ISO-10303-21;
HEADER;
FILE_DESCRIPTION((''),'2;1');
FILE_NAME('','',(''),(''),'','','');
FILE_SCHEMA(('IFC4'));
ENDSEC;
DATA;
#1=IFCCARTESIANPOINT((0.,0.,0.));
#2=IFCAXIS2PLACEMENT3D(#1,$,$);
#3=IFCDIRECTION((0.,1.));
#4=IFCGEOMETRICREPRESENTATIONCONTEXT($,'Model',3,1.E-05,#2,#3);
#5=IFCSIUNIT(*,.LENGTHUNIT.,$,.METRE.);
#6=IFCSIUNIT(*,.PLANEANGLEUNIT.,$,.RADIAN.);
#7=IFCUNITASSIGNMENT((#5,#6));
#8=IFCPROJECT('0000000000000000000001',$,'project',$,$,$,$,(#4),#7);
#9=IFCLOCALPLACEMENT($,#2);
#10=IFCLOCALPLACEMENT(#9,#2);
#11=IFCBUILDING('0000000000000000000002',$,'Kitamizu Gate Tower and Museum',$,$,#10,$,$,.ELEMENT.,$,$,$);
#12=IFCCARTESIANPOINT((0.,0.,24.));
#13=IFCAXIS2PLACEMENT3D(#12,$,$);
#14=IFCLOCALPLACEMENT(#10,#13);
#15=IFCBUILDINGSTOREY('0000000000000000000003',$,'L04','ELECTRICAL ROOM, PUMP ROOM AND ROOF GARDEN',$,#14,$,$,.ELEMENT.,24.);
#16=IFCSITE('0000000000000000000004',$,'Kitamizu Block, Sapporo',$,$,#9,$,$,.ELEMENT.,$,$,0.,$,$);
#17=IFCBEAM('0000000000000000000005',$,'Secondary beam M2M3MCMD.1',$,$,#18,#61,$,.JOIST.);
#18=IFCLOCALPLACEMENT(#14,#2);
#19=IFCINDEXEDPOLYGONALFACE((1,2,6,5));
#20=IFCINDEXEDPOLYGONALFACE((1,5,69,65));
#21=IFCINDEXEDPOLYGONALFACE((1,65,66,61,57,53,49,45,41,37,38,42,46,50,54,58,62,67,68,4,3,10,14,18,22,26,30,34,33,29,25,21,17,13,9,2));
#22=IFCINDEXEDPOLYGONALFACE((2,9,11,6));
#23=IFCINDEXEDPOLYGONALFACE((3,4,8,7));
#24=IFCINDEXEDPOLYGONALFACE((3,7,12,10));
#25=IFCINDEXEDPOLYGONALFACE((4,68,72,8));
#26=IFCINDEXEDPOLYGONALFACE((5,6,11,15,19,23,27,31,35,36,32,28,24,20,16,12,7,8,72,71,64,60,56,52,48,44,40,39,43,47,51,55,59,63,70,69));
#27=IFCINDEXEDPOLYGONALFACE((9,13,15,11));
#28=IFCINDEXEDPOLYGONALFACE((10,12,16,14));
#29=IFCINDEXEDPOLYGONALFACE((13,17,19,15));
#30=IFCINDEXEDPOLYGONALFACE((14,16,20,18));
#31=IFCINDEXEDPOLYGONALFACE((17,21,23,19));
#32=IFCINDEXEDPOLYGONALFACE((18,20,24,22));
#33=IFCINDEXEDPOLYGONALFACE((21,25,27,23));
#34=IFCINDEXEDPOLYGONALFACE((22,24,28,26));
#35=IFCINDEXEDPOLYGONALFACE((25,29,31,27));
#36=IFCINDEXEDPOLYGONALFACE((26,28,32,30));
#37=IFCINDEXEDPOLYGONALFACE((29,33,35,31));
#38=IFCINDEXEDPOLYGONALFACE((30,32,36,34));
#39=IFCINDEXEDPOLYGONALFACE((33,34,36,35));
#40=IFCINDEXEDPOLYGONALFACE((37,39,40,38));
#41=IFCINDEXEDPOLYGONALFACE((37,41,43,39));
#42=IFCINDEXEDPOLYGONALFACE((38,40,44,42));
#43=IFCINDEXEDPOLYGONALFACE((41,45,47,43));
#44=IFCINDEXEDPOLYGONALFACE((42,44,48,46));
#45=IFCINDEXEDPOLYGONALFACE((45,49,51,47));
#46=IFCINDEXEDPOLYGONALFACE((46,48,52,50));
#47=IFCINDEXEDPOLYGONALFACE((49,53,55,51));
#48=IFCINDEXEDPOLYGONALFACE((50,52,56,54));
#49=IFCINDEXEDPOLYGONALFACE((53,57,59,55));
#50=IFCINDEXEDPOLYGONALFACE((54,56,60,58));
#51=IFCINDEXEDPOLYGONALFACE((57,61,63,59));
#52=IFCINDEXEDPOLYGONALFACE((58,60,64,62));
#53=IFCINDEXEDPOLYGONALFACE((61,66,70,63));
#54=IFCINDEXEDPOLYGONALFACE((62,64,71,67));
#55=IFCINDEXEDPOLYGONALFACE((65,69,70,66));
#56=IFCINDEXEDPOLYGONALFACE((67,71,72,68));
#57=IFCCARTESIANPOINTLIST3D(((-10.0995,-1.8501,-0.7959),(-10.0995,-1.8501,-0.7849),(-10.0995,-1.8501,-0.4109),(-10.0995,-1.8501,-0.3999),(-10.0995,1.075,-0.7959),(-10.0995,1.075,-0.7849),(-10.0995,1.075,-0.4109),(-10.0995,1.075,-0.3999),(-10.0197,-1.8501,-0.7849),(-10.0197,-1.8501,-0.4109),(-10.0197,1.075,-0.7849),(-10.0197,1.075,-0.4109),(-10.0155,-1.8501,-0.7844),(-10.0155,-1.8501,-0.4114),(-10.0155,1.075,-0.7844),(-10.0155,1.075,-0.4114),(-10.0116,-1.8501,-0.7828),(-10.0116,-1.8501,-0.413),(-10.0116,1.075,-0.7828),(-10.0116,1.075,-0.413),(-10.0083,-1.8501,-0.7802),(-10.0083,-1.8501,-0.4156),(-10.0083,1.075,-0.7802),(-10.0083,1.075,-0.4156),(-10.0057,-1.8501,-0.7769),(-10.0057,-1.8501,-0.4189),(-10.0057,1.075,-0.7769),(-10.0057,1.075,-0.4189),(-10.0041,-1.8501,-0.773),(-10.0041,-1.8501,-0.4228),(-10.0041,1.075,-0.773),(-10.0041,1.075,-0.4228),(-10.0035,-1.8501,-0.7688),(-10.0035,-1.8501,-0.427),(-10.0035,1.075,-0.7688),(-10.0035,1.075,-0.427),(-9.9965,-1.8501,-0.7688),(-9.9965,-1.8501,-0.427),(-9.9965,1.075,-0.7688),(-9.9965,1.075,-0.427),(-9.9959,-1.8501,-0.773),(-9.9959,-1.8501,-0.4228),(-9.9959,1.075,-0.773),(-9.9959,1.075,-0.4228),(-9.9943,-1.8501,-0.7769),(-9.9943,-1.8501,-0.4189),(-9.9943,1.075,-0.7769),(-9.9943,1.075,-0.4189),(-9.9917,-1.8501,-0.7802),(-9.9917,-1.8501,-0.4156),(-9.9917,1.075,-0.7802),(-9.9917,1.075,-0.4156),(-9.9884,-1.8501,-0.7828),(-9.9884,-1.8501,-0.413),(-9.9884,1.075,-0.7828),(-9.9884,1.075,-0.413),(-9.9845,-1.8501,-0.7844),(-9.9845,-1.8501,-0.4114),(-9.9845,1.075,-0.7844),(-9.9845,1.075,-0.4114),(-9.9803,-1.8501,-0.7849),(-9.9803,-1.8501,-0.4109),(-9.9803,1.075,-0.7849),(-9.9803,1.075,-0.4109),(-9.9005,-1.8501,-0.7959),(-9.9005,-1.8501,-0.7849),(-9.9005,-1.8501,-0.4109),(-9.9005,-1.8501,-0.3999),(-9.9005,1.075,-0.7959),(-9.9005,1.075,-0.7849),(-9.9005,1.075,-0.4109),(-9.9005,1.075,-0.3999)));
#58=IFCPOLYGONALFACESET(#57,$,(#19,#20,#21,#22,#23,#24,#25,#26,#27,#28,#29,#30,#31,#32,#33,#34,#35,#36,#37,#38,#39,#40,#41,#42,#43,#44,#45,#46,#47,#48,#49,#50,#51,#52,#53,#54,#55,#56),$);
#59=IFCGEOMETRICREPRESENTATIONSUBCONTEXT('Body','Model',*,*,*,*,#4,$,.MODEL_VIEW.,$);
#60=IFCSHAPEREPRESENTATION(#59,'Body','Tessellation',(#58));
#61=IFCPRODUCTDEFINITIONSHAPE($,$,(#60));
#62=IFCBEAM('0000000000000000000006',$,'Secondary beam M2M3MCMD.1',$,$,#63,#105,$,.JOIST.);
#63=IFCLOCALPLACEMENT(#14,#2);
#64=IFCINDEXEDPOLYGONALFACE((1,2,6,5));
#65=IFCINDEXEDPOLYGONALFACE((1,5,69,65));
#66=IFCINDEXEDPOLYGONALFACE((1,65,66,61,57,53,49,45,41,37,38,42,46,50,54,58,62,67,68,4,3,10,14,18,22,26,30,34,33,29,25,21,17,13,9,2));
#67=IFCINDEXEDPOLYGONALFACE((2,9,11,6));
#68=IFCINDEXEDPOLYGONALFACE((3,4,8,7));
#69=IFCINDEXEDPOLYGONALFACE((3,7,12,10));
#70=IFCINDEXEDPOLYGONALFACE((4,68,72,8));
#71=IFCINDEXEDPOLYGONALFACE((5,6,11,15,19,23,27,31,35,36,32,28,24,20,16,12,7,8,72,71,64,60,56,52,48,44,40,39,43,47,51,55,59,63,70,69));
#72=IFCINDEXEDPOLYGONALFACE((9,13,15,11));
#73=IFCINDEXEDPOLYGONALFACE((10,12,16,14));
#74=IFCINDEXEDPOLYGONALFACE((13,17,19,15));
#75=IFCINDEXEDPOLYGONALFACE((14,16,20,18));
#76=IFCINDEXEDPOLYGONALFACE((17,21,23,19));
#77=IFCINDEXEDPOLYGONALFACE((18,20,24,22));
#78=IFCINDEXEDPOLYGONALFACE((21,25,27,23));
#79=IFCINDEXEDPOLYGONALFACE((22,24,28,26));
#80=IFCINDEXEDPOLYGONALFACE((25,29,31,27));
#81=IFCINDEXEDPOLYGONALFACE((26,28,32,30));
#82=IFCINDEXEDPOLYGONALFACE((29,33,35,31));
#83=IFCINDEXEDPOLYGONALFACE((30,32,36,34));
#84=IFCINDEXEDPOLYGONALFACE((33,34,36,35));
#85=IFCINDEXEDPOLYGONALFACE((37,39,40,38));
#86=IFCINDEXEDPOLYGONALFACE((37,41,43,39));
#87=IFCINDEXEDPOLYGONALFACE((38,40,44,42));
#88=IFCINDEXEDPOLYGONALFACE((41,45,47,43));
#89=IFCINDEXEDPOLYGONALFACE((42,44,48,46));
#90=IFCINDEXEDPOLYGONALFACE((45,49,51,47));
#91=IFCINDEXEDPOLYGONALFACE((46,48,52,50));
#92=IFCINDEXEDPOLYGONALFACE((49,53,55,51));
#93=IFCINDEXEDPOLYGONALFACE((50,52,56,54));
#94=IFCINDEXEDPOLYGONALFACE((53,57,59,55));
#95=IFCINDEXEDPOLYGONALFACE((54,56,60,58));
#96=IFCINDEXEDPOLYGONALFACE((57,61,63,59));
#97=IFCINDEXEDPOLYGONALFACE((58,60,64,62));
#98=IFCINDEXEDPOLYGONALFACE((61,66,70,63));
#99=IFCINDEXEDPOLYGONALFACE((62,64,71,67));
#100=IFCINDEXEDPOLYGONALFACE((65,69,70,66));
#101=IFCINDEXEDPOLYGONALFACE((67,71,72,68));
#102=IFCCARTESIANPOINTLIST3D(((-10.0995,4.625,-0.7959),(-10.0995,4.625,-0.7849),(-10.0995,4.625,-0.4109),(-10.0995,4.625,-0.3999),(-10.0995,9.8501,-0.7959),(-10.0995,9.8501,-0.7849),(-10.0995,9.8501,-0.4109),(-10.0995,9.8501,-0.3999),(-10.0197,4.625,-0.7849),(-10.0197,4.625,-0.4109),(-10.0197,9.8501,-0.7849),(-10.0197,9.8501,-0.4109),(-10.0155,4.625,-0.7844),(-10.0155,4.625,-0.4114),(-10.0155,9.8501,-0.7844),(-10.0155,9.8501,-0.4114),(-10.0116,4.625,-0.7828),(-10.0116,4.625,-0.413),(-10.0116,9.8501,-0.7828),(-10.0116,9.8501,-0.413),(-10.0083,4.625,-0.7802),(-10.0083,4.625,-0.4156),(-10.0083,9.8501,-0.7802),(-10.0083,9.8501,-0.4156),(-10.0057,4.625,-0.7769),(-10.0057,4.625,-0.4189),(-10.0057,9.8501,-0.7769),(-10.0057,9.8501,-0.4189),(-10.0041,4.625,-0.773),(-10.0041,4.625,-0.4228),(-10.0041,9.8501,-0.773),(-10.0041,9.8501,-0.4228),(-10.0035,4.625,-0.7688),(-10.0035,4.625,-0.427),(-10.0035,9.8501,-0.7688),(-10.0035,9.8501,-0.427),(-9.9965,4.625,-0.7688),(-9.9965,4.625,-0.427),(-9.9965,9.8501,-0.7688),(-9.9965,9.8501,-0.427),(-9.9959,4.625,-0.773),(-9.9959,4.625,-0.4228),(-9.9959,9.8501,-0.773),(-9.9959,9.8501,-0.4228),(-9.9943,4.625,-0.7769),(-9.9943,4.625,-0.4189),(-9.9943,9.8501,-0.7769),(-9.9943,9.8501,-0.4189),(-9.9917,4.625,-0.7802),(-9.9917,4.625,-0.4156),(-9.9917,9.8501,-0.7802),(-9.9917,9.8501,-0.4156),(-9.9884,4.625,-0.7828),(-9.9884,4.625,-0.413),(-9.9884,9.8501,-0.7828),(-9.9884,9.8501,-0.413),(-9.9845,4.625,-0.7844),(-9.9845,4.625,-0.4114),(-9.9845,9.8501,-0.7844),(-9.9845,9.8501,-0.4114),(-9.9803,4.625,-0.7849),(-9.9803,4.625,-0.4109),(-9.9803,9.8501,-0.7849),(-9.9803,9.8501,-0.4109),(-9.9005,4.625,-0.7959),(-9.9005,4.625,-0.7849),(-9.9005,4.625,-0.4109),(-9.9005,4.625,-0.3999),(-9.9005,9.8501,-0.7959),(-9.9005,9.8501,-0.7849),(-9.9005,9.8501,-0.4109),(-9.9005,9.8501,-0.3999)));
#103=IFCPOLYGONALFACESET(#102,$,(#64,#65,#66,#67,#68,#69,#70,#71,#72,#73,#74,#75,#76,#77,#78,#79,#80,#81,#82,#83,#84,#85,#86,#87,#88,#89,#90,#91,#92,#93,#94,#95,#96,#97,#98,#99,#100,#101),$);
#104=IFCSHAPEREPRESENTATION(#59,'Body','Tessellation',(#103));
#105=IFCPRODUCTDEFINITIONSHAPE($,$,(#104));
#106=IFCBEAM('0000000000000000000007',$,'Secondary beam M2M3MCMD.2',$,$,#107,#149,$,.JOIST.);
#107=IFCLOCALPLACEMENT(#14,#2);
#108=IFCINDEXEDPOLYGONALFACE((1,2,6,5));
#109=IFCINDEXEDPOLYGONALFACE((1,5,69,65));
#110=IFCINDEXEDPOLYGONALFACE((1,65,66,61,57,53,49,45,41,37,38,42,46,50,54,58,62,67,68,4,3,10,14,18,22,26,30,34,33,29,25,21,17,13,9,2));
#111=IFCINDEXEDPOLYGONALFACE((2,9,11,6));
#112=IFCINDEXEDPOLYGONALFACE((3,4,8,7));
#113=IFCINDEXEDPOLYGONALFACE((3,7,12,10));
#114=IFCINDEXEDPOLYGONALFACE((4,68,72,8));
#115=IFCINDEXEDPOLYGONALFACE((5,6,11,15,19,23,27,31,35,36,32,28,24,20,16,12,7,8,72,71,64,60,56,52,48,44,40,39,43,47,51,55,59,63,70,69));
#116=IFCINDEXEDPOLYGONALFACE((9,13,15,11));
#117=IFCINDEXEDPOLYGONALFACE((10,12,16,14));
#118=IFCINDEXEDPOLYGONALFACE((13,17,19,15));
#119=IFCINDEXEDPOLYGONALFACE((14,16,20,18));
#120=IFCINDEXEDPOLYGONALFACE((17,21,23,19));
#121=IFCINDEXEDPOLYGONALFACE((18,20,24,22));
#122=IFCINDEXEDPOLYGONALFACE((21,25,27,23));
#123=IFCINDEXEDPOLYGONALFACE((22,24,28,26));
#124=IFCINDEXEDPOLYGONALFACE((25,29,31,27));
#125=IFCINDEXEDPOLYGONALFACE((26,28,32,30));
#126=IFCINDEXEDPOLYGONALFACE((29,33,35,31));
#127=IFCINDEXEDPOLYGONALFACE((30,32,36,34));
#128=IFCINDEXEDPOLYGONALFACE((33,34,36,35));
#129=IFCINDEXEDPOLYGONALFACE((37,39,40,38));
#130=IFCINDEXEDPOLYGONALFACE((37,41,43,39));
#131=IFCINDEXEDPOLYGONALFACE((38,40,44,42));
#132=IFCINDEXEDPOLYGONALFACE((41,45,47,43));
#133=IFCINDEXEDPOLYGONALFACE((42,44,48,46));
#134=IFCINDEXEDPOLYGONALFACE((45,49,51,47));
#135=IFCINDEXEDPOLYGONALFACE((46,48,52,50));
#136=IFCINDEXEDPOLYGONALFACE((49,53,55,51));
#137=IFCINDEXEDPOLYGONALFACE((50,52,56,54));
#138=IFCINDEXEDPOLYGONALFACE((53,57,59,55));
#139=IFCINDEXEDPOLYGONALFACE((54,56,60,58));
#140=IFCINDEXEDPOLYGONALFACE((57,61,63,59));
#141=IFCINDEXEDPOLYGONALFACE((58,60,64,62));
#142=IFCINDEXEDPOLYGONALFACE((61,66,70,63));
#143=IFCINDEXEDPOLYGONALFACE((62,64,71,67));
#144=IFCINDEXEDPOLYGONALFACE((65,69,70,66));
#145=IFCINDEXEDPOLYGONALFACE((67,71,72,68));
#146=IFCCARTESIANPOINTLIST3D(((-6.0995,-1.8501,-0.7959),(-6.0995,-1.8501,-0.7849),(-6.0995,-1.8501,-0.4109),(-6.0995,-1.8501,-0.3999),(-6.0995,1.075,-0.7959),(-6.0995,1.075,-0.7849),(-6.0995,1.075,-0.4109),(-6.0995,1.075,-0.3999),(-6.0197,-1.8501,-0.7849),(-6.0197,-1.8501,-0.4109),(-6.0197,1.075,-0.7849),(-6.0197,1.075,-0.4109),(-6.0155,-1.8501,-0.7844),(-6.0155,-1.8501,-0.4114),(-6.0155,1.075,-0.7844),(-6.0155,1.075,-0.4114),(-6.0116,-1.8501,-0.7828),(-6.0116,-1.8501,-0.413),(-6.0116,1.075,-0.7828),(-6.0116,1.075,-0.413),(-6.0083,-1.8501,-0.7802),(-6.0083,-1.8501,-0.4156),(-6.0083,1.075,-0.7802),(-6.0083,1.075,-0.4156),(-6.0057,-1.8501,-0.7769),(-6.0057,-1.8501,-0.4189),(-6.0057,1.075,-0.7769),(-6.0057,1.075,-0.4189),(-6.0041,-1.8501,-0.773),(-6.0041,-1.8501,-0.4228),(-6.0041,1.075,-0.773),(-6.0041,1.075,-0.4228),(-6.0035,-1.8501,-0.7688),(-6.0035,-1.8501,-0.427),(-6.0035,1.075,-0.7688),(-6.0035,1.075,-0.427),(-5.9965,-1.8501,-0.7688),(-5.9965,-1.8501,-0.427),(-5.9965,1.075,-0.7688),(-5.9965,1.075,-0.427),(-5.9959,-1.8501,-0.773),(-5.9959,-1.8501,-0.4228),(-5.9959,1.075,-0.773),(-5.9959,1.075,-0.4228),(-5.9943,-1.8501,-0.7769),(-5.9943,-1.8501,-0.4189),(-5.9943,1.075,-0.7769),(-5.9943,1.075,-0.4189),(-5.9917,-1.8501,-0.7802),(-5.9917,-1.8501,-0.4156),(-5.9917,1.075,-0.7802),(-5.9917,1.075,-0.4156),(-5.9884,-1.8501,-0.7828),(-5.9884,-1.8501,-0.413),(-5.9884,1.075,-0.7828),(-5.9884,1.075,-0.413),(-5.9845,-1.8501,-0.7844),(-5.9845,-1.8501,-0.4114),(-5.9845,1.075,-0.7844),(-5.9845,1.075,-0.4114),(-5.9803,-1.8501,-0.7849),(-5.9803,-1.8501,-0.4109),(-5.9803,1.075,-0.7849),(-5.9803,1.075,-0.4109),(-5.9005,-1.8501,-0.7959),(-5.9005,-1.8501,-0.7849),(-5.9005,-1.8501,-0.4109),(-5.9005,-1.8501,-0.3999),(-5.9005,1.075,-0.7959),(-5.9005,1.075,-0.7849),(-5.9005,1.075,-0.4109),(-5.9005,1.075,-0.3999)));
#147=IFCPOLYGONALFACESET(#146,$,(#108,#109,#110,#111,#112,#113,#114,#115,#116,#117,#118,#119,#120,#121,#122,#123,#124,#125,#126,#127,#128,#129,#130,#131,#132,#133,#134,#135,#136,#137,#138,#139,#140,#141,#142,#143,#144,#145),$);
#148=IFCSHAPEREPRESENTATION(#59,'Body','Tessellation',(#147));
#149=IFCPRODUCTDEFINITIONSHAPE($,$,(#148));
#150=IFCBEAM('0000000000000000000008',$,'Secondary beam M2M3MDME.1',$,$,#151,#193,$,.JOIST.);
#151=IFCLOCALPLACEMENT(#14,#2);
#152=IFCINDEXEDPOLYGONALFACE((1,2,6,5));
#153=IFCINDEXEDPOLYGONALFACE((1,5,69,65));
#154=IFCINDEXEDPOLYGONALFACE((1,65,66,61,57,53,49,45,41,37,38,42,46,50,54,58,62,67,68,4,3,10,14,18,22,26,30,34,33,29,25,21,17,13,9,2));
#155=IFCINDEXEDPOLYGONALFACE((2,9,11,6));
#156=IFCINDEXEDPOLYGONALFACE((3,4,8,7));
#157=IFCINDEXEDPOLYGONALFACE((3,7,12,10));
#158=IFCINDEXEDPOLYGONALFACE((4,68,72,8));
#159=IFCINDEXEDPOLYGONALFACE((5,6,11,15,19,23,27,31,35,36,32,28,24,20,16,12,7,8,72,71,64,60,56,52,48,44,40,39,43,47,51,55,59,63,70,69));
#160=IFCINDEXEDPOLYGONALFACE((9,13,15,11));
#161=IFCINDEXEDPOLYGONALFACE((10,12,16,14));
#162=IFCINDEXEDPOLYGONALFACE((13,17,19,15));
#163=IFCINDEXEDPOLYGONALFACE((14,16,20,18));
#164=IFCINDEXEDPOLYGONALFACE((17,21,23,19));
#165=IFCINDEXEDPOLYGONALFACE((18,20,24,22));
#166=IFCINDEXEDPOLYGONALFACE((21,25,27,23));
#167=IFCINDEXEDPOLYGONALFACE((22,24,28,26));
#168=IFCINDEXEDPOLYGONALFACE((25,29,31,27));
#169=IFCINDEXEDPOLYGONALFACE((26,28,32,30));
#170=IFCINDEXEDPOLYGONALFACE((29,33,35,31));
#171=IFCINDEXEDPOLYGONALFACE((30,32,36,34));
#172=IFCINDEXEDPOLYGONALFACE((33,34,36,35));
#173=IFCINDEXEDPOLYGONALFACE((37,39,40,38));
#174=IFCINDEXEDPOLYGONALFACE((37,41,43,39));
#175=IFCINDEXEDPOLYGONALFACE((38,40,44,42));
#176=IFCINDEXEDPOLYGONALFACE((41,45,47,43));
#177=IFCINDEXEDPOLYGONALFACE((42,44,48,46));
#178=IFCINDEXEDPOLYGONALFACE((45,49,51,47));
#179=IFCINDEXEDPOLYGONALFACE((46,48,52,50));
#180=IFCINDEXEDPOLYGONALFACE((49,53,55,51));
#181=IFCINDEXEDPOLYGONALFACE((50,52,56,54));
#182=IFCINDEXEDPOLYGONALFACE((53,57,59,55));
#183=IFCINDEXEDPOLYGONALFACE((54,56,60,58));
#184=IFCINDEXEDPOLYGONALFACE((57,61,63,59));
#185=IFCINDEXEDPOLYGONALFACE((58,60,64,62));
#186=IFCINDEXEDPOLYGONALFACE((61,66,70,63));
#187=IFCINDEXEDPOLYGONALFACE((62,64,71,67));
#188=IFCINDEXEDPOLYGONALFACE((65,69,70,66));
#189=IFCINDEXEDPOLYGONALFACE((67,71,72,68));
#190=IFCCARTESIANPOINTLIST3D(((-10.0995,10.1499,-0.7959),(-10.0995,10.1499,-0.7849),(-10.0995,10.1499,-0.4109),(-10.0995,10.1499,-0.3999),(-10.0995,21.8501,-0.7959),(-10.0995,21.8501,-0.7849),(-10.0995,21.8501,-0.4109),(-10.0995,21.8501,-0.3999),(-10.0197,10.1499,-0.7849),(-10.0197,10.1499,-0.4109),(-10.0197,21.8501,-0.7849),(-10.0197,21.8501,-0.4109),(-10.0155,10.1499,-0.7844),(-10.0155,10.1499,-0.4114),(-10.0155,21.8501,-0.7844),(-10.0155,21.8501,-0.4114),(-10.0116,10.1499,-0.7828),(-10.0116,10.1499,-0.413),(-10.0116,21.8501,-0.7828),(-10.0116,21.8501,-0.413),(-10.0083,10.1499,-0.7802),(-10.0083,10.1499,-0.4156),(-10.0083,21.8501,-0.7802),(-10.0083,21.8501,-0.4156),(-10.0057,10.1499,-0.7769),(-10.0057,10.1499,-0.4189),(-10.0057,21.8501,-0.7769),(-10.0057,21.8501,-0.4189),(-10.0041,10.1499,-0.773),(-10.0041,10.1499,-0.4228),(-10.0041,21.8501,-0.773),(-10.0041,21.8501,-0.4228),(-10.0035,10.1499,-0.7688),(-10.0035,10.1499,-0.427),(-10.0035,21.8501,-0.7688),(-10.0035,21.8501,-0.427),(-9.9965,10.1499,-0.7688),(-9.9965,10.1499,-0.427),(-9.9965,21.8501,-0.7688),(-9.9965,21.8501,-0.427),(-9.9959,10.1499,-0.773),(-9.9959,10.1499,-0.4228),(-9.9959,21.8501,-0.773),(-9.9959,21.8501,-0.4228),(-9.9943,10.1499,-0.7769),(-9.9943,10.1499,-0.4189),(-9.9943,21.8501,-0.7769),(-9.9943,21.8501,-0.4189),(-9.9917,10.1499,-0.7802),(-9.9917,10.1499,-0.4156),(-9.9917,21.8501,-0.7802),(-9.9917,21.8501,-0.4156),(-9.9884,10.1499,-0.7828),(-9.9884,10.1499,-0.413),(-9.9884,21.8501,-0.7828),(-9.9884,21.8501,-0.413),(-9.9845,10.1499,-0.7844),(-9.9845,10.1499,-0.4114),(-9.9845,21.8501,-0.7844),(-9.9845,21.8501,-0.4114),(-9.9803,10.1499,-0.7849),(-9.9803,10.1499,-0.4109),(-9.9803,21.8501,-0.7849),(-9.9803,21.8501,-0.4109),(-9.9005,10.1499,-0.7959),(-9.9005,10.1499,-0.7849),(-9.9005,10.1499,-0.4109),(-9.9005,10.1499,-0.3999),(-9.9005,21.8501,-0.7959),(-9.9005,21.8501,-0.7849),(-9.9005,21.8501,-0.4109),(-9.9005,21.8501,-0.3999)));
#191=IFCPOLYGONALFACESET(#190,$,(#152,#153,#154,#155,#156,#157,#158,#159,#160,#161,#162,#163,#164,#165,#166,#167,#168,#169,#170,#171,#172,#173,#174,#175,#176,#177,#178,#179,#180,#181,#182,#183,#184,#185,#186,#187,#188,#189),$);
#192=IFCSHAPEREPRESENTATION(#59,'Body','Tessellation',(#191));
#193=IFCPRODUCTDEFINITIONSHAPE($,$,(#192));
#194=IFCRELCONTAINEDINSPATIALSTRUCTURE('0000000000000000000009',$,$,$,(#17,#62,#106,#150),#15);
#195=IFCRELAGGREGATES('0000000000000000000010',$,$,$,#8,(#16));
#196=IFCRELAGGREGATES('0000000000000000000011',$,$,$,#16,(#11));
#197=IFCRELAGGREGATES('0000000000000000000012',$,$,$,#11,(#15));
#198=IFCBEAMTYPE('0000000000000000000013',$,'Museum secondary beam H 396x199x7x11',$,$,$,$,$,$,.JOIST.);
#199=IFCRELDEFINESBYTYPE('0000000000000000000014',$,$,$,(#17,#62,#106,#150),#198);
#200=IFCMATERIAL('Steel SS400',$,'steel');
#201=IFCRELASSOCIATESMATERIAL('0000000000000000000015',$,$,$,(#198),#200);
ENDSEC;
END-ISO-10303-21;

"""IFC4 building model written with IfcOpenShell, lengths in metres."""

from ifc_helpers import new_model, si_unit, direction, frame, origin, origin_2d, place, context, subcontext, project, spatial, i_section, extrude, material, material_profile, profile_set, type_object, element, save


model = new_model("IFC4")

# Units and contexts
model_context = context("Model", 3, precision=1e-05, world=origin(), true_north=direction((0.0, 1.0)))
body_context = subcontext(model_context, "Body", "Model", "MODEL_VIEW")
ifc_project = project(units=[si_unit("LENGTHUNIT", "METRE"), si_unit("PLANEANGLEUNIT", "RADIAN")], contexts=[model_context])

# Site, building, storey
site_placement = place(None, origin())
site = spatial("IfcSite", under=ifc_project, at=site_placement, Name="Kitamizu Block, Sapporo", CompositionType="ELEMENT", RefElevation=0.0)
building_placement = place(site_placement, origin())
building = spatial("IfcBuilding", under=site, at=building_placement, Name="Kitamizu Gate Tower and Museum", CompositionType="ELEMENT")
storey_placement = place(building_placement, frame((0.0, 0.0, 24.0)))
storey = spatial("IfcBuildingStorey", under=building, at=storey_placement, Name="L04", Description="ELECTRICAL ROOM, PUMP ROOM AND ROOF GARDEN", CompositionType="ELEMENT", Elevation=24.0)

# Beams
ifc_material_1 = material(Name="Steel SS400", Category="steel")
ifc_material_profile_1 = material_profile(ifc_material_1, i_section(OverallWidth=0.199, OverallDepth=0.396, WebThickness=0.0071, FlangeThickness=0.011, FilletRadius=0.0161, at=origin_2d()), Name="H-396x199x7x11")
ifc_profile_set_1 = profile_set([ifc_material_profile_1], Name="Steel SS400")
beam_type_1 = type_object("IfcBeamType", Name="Museum secondary beam H 396x199x7x11", PredefinedType="JOIST", material=ifc_profile_set_1)
beam_1_placement = place(storey_placement, frame((-10.0, -1.8501, -0.5979), z_axis=(0.0, 1.0, 0.0), x_axis=(-1.0, 0.0, 0.0)))
element("IfcBeam", 1, at=beam_1_placement, inside=storey, type_object=beam_type_1, Name="Secondary beam M2M3MCMD.1", PredefinedType="JOIST", context=body_context, shape_type="SweptSolid", body=[
    extrude(i_section(OverallWidth=0.199, OverallDepth=0.396, WebThickness=0.0071, FlangeThickness=0.011, FilletRadius=0.0161, at=origin_2d()), origin(), (0.0, 0.0, 1.0), 2.925),
])
beam_2_placement = place(storey_placement, frame((-10.0, 4.625, -0.5979), z_axis=(0.0, 1.0, 0.0), x_axis=(-1.0, 0.0, 0.0)))
element("IfcBeam", 2, at=beam_2_placement, inside=storey, type_object=beam_type_1, Name="Secondary beam M2M3MCMD.1", PredefinedType="JOIST", context=body_context, shape_type="SweptSolid", body=[
    extrude(i_section(OverallWidth=0.199, OverallDepth=0.396, WebThickness=0.0071, FlangeThickness=0.011, FilletRadius=0.0161, at=origin_2d()), origin(), (0.0, 0.0, 1.0), 5.2251),
])
beam_3_placement = place(storey_placement, frame((-6.0, -1.8501, -0.5979), z_axis=(0.0, 1.0, 0.0), x_axis=(-1.0, 0.0, 0.0)))
element("IfcBeam", 3, at=beam_3_placement, inside=storey, type_object=beam_type_1, Name="Secondary beam M2M3MCMD.2", PredefinedType="JOIST", context=body_context, shape_type="SweptSolid", body=[
    extrude(i_section(OverallWidth=0.199, OverallDepth=0.396, WebThickness=0.0071, FlangeThickness=0.011, FilletRadius=0.0161, at=origin_2d()), origin(), (0.0, 0.0, 1.0), 2.925),
])
beam_4_placement = place(storey_placement, frame((-10.0, 10.1499, -0.5979), z_axis=(0.0, 1.0, 0.0), x_axis=(-1.0, 0.0, 0.0)))
element("IfcBeam", 4, at=beam_4_placement, inside=storey, type_object=beam_type_1, Name="Secondary beam M2M3MDME.1", PredefinedType="JOIST", context=body_context, shape_type="SweptSolid", body=[
    extrude(i_section(OverallWidth=0.199, OverallDepth=0.396, WebThickness=0.0071, FlangeThickness=0.011, FilletRadius=0.0161, at=origin_2d()), origin(), (0.0, 0.0, 1.0), 11.7002),
])

save(model, "model.ifc")
